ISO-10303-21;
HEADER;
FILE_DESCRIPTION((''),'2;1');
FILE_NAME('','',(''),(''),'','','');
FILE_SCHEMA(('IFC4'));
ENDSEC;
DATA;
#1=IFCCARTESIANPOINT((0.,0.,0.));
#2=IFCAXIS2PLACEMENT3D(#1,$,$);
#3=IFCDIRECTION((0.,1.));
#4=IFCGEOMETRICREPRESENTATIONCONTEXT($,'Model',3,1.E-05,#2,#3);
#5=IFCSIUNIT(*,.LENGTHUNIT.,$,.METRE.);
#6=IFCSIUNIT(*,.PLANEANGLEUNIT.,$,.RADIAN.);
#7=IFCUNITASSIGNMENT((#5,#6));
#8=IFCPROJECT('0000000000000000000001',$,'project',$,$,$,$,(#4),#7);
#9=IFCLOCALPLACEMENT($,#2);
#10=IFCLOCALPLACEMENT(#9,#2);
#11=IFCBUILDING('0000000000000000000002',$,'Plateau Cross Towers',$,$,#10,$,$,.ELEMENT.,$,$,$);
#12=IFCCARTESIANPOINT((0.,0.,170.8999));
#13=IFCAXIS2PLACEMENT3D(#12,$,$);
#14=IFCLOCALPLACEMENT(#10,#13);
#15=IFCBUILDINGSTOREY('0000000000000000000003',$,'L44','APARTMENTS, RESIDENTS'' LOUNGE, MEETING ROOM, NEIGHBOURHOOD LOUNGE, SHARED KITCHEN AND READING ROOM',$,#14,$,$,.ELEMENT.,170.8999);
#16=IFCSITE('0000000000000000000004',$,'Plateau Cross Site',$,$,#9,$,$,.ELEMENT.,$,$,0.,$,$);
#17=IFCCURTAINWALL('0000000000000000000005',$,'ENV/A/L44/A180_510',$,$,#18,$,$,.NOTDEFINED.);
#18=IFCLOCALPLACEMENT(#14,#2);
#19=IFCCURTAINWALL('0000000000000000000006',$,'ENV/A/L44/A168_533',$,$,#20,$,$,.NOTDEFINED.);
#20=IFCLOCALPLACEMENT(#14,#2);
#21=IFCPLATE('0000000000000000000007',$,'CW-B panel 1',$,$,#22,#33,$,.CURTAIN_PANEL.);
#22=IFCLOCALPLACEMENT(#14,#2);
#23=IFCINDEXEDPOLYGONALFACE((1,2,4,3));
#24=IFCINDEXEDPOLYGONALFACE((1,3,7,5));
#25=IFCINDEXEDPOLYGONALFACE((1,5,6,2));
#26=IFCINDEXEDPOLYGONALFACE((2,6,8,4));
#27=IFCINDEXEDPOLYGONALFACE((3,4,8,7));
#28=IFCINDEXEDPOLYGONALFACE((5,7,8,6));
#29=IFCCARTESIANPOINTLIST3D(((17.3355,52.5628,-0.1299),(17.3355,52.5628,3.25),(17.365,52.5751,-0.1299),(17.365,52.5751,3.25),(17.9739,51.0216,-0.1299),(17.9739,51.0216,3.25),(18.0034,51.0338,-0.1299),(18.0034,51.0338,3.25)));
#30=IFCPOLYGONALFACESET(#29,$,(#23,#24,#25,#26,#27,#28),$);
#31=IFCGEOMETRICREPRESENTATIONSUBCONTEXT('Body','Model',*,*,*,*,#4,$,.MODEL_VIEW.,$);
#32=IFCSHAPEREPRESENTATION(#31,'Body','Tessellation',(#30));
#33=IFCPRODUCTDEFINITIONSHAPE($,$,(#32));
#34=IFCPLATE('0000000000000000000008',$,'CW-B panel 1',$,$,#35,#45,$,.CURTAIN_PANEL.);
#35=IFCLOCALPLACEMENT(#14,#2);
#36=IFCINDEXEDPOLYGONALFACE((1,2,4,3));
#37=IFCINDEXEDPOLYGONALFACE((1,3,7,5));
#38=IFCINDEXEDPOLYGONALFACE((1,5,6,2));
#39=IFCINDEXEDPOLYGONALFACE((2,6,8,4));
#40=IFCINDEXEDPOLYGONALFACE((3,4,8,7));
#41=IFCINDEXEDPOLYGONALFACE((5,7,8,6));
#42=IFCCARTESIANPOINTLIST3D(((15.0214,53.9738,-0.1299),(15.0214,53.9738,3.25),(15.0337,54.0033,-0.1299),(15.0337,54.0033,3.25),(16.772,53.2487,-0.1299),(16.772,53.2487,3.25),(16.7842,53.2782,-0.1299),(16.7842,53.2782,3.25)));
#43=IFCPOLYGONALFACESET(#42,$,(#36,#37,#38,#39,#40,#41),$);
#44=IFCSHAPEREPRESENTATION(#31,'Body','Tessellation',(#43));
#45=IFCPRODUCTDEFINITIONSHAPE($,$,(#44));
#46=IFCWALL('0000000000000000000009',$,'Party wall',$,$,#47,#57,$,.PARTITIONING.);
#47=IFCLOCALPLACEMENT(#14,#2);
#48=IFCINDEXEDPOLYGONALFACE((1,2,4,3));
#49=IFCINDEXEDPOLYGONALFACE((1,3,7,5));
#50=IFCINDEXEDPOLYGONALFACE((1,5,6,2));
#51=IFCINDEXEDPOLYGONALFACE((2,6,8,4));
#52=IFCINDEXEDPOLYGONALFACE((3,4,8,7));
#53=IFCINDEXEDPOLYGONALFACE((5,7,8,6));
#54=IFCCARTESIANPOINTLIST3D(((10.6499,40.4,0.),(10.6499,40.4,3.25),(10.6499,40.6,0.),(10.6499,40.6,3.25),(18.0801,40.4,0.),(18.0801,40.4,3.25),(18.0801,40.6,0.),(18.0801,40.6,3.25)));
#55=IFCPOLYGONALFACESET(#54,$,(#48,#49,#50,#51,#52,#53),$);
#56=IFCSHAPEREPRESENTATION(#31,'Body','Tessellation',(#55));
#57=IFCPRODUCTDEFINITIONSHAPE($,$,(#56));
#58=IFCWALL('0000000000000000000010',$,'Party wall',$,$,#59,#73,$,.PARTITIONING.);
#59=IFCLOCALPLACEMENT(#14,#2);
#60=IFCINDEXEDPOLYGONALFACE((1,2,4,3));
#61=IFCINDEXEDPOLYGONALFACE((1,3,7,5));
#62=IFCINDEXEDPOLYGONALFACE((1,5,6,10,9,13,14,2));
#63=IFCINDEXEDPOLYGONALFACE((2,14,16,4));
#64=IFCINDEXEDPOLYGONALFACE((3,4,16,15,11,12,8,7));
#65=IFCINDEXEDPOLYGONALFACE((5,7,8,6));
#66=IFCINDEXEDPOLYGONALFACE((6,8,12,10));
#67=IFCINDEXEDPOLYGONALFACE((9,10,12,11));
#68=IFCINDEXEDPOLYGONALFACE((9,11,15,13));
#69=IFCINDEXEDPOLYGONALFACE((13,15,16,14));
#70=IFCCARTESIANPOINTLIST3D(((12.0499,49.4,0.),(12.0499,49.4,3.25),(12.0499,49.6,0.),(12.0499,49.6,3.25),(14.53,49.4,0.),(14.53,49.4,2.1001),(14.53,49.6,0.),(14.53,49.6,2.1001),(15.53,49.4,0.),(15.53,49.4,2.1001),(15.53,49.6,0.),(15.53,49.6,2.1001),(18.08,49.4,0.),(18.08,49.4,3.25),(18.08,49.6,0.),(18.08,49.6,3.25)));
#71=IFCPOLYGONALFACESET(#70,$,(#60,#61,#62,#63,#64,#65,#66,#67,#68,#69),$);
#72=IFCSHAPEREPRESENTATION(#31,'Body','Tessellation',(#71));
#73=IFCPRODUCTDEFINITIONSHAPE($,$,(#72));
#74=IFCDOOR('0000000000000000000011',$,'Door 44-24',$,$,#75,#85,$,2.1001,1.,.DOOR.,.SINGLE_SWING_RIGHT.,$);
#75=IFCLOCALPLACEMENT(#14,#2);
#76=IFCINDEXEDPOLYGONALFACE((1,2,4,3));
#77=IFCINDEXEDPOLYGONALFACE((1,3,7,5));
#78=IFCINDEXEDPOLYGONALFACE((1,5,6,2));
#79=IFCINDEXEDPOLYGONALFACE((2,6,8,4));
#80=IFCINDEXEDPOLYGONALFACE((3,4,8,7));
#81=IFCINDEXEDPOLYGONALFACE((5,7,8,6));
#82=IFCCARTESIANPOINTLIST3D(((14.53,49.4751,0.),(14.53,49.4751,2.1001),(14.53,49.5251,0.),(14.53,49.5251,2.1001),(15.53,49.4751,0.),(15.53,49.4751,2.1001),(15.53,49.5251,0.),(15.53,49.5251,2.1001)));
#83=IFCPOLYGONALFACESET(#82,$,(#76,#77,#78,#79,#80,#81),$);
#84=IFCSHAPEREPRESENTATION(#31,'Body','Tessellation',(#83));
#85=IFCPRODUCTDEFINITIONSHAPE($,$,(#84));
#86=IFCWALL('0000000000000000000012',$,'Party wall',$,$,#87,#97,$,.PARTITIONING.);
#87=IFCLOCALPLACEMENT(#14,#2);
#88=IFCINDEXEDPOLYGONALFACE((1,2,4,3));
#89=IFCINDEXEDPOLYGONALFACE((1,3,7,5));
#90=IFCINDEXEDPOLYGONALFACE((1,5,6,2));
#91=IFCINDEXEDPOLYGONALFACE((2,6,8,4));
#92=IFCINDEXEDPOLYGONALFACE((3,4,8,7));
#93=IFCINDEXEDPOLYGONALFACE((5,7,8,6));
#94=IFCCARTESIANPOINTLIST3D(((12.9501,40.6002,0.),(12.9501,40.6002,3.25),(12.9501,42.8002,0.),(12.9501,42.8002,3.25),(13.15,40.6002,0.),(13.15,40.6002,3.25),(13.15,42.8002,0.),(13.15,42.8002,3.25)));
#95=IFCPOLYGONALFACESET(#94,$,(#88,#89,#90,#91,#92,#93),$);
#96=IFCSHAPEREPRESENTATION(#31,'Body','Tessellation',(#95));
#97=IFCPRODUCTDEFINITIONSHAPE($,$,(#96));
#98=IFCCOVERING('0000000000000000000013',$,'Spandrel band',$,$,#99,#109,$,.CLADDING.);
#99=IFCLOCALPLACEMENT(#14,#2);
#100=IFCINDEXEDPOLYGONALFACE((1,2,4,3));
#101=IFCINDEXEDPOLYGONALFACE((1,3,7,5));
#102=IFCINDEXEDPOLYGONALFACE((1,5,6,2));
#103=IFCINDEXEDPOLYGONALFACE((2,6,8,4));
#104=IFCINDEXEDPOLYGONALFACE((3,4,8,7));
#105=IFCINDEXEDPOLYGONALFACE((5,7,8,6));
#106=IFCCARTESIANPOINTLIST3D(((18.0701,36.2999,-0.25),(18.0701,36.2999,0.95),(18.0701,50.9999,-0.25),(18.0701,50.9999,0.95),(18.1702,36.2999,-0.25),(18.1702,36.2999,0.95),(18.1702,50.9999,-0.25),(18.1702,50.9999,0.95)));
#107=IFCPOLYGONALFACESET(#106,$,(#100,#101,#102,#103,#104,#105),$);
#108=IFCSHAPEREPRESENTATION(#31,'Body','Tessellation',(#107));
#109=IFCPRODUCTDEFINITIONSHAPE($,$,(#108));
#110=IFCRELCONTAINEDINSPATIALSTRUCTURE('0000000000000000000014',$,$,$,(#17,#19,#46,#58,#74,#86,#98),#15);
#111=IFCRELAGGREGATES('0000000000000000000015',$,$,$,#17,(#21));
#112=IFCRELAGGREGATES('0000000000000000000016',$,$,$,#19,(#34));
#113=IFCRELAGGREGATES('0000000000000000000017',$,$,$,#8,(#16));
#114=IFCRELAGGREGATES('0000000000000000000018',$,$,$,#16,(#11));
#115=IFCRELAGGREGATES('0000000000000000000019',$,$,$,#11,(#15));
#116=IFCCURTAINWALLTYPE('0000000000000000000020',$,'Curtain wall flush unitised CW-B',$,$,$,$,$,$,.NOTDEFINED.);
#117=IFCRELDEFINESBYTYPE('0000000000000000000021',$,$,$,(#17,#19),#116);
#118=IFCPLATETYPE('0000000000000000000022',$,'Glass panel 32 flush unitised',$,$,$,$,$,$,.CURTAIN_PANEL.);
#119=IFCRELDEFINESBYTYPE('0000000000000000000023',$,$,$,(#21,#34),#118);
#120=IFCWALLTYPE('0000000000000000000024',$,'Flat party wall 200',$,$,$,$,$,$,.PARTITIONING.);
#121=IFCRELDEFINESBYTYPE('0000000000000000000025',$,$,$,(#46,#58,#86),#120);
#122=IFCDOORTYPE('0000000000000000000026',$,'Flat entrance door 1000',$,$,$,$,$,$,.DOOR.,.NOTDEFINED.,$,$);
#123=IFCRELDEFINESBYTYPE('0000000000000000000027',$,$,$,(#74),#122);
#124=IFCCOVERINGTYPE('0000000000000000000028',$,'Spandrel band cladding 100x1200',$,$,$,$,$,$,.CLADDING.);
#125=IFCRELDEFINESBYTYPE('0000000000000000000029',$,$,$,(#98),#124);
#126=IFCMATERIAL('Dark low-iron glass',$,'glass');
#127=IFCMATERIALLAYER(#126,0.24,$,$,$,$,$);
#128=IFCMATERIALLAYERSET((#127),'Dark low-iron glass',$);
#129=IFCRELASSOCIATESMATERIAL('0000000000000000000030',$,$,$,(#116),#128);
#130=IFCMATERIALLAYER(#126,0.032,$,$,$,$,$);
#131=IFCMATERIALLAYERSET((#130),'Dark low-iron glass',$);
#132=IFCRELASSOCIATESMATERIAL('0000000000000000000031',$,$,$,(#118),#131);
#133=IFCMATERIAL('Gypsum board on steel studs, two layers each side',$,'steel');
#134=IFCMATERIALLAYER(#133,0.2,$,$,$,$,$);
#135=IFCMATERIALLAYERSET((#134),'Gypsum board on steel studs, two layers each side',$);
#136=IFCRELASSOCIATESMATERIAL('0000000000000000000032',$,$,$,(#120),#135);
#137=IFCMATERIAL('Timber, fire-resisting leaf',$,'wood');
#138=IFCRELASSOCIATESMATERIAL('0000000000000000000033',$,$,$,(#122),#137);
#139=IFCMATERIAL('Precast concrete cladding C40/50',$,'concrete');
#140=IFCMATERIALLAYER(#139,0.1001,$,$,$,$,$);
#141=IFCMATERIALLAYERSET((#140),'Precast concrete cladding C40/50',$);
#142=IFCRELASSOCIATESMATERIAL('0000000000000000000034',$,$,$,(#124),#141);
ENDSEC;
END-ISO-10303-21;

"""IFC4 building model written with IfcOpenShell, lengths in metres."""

from ifc_helpers import new_model, si_unit, direction, frame, frame_2d, origin, origin_2d, place, context, subcontext, project, spatial, rectangle, extrude, material, layer, layer_set, type_object, element, fill, aggregate, save


model = new_model("IFC4")

# Units and contexts
model_context = context("Model", 3, precision=1e-05, world=origin(), true_north=direction((0.0, 1.0)))
body_context = subcontext(model_context, "Body", "Model", "MODEL_VIEW")
ifc_project = project(units=[si_unit("LENGTHUNIT", "METRE"), si_unit("PLANEANGLEUNIT", "RADIAN")], contexts=[model_context])

# Site, building, storey
site_placement = place(None, origin())
site = spatial("IfcSite", under=ifc_project, at=site_placement, Name="Plateau Cross Site", CompositionType="ELEMENT", RefElevation=0.0)
building_placement = place(site_placement, origin())
building = spatial("IfcBuilding", under=site, at=building_placement, Name="Plateau Cross Towers", CompositionType="ELEMENT")
storey_placement = place(building_placement, frame((0.0, 0.0, 170.8999)))
storey = spatial("IfcBuildingStorey", under=building, at=storey_placement, Name="L44", Description="APARTMENTS, RESIDENTS' LOUNGE, MEETING ROOM, NEIGHBOURHOOD LOUNGE, SHARED KITCHEN AND READING ROOM", CompositionType="ELEMENT", Elevation=170.8999)

# Curtain wall
ifc_material_1 = material(Name="Dark low-iron glass", Category="glass")
ifc_layer_1 = layer(ifc_material_1, 0.24)
ifc_layer_set_1 = layer_set([ifc_layer_1], Name="Dark low-iron glass")
curtain_wall_type = type_object("IfcCurtainWallType", Name="Curtain wall flush unitised CW-B", PredefinedType="NOTDEFINED", material=ifc_layer_set_1)
curtain_wall_1_placement = place(storey_placement, origin())
curtain_wall_1 = element("IfcCurtainWall", 1, at=curtain_wall_1_placement, inside=storey, type_object=curtain_wall_type, Name="ENV/A/L44/A180_510", PredefinedType="NOTDEFINED")

# Curtain wall
curtain_wall_2_placement = place(storey_placement, origin())
curtain_wall_2 = element("IfcCurtainWall", 2, at=curtain_wall_2_placement, inside=storey, type_object=curtain_wall_type, Name="ENV/A/L44/A168_533", PredefinedType="NOTDEFINED")

# Plates
ifc_layer_2 = layer(ifc_material_1, 0.032)
ifc_layer_set_2 = layer_set([ifc_layer_2], Name="Dark low-iron glass")
plate_type = type_object("IfcPlateType", Name="Glass panel 32 flush unitised", PredefinedType="CURTAIN_PANEL", material=ifc_layer_set_2)
plate_1_placement = place(storey_placement, frame((17.6694, 51.7983, -0.1299), z_axis=(0.0, 0.0, 1.0), x_axis=(-0.382684, 0.923879, 0.0)))
plate_1 = element("IfcPlate", 3, at=plate_1_placement, type_object=plate_type, Name="CW-B panel 1", PredefinedType="CURTAIN_PANEL", context=body_context, shape_type="SweptSolid", body=[
    extrude(rectangle(XDim=1.6682, YDim=0.032, at=origin_2d()), origin(), (0.0, 0.0, 1.0), 3.3799),
])
aggregate(curtain_wall_1, [plate_1])
plate_2_placement = place(storey_placement, frame((15.9028, 53.626, -0.1299), z_axis=(0.0, 0.0, 1.0), x_axis=(-0.923879, 0.382684, 0.0)))
plate_2 = element("IfcPlate", 4, at=plate_2_placement, type_object=plate_type, Name="CW-B panel 1", PredefinedType="CURTAIN_PANEL", context=body_context, shape_type="SweptSolid", body=[
    extrude(rectangle(XDim=1.8948, YDim=0.032, at=origin_2d()), origin(), (0.0, 0.0, 1.0), 3.3799),
])
aggregate(curtain_wall_2, [plate_2])

# Wall
ifc_material_2 = material(Name="Gypsum board on steel studs, two layers each side", Category="steel")
ifc_layer_3 = layer(ifc_material_2, 0.2)
ifc_layer_set_3 = layer_set([ifc_layer_3], Name="Gypsum board on steel studs, two layers each side")
wall_type_1 = type_object("IfcWallType", Name="Flat party wall 200", PredefinedType="PARTITIONING", material=ifc_layer_set_3)
wall_1_placement = place(storey_placement, frame((18.0801, 40.5, 0.0), z_axis=(0.0, 0.0, 1.0), x_axis=(-1.0, 0.0, 0.0)))
element("IfcWall", 5, at=wall_1_placement, inside=storey, type_object=wall_type_1, Name="Party wall", PredefinedType="PARTITIONING", context=body_context, shape_type="SweptSolid", body=[
    extrude(rectangle(XDim=7.4302, YDim=0.2, at=frame_2d((3.7151, 0.0))), origin(), (0.0, 0.0, 1.0), 3.25),
])

# Wall, opening, door
wall_2_placement = place(storey_placement, frame((18.0801, 49.5, 0.0), z_axis=(0.0, 0.0, 1.0), x_axis=(-1.0, 0.0, 0.0)))
wall_2 = element("IfcWall", 6, at=wall_2_placement, inside=storey, type_object=wall_type_1, Name="Party wall", PredefinedType="PARTITIONING", context=body_context, shape_type="SweptSolid", body=[
    extrude(rectangle(XDim=6.03, YDim=0.2, at=frame_2d((3.0151, 0.0))), origin(), (0.0, 0.0, 1.0), 3.25),
])
opening_1_placement = place(wall_2_placement, frame((2.55, 0.0, 0.0)))
opening_1 = element("IfcOpeningElement", 7, at=opening_1_placement, cuts=wall_2, PredefinedType="OPENING", context=body_context, shape_type="SweptSolid", body=[
    extrude(rectangle(XDim=1.0, YDim=2.1001, at=frame_2d((0.5, 1.05))), frame((0.0, 0.1099, 0.0), z_axis=(0.0, -1.0, 0.0), x_axis=(1.0, 0.0, 0.0)), (0.0, 0.0, 1.0), 0.22),
])
ifc_material_3 = material(Name="Timber, fire-resisting leaf", Category="wood")
door_type_1 = type_object("IfcDoorType", Name="Flat entrance door 1000", OperationType="NOTDEFINED", PredefinedType="DOOR", material=ifc_material_3)
door_1_placement = place(opening_1_placement, origin())
door_1 = element("IfcDoor", 8, at=door_1_placement, inside=storey, type_object=door_type_1, Name="Door 44-24", OperationType="SINGLE_SWING_RIGHT", OverallHeight=2.1001, OverallWidth=1.0, PredefinedType="DOOR", context=body_context, shape_type="SweptSolid", body=[
    extrude(rectangle(XDim=1.0, YDim=2.1001, at=frame_2d((0.5, 1.05))), frame((0.0, 0.0249, 0.0), z_axis=(0.0, -1.0, 0.0), x_axis=(1.0, 0.0, 0.0)), (0.0, 0.0, 1.0), 0.05),
])
fill(opening_1, door_1)

# Wall
wall_3_placement = place(storey_placement, frame((13.05, 40.6001, 0.0), z_axis=(0.0, 0.0, 1.0), x_axis=(0.0, 1.0, 0.0)))
element("IfcWall", 9, at=wall_3_placement, inside=storey, type_object=wall_type_1, Name="Party wall", PredefinedType="PARTITIONING", context=body_context, shape_type="SweptSolid", body=[
    extrude(rectangle(XDim=2.2, YDim=0.2, at=frame_2d((1.1001, 0.0))), origin(), (0.0, 0.0, 1.0), 3.25),
])

# Covering
ifc_material_4 = material(Name="Precast concrete cladding C40/50", Category="concrete")
ifc_layer_4 = layer(ifc_material_4, 0.1001)
ifc_layer_set_4 = layer_set([ifc_layer_4], Name="Precast concrete cladding C40/50")
covering_type = type_object("IfcCoveringType", Name="Spandrel band cladding 100x1200", PredefinedType="CLADDING", material=ifc_layer_set_4)
covering_placement = place(storey_placement, frame((18.1201, 43.6499, -0.25), z_axis=(0.0, 0.0, 1.0), x_axis=(0.0, 1.0, 0.0)))
element("IfcCovering", 10, at=covering_placement, inside=storey, type_object=covering_type, Name="Spandrel band", PredefinedType="CLADDING", context=body_context, shape_type="SweptSolid", body=[
    extrude(rectangle(XDim=14.7, YDim=0.1001, at=origin_2d()), origin(), (0.0, 0.0, 1.0), 1.2),
])

save(model, "model.ifc")
